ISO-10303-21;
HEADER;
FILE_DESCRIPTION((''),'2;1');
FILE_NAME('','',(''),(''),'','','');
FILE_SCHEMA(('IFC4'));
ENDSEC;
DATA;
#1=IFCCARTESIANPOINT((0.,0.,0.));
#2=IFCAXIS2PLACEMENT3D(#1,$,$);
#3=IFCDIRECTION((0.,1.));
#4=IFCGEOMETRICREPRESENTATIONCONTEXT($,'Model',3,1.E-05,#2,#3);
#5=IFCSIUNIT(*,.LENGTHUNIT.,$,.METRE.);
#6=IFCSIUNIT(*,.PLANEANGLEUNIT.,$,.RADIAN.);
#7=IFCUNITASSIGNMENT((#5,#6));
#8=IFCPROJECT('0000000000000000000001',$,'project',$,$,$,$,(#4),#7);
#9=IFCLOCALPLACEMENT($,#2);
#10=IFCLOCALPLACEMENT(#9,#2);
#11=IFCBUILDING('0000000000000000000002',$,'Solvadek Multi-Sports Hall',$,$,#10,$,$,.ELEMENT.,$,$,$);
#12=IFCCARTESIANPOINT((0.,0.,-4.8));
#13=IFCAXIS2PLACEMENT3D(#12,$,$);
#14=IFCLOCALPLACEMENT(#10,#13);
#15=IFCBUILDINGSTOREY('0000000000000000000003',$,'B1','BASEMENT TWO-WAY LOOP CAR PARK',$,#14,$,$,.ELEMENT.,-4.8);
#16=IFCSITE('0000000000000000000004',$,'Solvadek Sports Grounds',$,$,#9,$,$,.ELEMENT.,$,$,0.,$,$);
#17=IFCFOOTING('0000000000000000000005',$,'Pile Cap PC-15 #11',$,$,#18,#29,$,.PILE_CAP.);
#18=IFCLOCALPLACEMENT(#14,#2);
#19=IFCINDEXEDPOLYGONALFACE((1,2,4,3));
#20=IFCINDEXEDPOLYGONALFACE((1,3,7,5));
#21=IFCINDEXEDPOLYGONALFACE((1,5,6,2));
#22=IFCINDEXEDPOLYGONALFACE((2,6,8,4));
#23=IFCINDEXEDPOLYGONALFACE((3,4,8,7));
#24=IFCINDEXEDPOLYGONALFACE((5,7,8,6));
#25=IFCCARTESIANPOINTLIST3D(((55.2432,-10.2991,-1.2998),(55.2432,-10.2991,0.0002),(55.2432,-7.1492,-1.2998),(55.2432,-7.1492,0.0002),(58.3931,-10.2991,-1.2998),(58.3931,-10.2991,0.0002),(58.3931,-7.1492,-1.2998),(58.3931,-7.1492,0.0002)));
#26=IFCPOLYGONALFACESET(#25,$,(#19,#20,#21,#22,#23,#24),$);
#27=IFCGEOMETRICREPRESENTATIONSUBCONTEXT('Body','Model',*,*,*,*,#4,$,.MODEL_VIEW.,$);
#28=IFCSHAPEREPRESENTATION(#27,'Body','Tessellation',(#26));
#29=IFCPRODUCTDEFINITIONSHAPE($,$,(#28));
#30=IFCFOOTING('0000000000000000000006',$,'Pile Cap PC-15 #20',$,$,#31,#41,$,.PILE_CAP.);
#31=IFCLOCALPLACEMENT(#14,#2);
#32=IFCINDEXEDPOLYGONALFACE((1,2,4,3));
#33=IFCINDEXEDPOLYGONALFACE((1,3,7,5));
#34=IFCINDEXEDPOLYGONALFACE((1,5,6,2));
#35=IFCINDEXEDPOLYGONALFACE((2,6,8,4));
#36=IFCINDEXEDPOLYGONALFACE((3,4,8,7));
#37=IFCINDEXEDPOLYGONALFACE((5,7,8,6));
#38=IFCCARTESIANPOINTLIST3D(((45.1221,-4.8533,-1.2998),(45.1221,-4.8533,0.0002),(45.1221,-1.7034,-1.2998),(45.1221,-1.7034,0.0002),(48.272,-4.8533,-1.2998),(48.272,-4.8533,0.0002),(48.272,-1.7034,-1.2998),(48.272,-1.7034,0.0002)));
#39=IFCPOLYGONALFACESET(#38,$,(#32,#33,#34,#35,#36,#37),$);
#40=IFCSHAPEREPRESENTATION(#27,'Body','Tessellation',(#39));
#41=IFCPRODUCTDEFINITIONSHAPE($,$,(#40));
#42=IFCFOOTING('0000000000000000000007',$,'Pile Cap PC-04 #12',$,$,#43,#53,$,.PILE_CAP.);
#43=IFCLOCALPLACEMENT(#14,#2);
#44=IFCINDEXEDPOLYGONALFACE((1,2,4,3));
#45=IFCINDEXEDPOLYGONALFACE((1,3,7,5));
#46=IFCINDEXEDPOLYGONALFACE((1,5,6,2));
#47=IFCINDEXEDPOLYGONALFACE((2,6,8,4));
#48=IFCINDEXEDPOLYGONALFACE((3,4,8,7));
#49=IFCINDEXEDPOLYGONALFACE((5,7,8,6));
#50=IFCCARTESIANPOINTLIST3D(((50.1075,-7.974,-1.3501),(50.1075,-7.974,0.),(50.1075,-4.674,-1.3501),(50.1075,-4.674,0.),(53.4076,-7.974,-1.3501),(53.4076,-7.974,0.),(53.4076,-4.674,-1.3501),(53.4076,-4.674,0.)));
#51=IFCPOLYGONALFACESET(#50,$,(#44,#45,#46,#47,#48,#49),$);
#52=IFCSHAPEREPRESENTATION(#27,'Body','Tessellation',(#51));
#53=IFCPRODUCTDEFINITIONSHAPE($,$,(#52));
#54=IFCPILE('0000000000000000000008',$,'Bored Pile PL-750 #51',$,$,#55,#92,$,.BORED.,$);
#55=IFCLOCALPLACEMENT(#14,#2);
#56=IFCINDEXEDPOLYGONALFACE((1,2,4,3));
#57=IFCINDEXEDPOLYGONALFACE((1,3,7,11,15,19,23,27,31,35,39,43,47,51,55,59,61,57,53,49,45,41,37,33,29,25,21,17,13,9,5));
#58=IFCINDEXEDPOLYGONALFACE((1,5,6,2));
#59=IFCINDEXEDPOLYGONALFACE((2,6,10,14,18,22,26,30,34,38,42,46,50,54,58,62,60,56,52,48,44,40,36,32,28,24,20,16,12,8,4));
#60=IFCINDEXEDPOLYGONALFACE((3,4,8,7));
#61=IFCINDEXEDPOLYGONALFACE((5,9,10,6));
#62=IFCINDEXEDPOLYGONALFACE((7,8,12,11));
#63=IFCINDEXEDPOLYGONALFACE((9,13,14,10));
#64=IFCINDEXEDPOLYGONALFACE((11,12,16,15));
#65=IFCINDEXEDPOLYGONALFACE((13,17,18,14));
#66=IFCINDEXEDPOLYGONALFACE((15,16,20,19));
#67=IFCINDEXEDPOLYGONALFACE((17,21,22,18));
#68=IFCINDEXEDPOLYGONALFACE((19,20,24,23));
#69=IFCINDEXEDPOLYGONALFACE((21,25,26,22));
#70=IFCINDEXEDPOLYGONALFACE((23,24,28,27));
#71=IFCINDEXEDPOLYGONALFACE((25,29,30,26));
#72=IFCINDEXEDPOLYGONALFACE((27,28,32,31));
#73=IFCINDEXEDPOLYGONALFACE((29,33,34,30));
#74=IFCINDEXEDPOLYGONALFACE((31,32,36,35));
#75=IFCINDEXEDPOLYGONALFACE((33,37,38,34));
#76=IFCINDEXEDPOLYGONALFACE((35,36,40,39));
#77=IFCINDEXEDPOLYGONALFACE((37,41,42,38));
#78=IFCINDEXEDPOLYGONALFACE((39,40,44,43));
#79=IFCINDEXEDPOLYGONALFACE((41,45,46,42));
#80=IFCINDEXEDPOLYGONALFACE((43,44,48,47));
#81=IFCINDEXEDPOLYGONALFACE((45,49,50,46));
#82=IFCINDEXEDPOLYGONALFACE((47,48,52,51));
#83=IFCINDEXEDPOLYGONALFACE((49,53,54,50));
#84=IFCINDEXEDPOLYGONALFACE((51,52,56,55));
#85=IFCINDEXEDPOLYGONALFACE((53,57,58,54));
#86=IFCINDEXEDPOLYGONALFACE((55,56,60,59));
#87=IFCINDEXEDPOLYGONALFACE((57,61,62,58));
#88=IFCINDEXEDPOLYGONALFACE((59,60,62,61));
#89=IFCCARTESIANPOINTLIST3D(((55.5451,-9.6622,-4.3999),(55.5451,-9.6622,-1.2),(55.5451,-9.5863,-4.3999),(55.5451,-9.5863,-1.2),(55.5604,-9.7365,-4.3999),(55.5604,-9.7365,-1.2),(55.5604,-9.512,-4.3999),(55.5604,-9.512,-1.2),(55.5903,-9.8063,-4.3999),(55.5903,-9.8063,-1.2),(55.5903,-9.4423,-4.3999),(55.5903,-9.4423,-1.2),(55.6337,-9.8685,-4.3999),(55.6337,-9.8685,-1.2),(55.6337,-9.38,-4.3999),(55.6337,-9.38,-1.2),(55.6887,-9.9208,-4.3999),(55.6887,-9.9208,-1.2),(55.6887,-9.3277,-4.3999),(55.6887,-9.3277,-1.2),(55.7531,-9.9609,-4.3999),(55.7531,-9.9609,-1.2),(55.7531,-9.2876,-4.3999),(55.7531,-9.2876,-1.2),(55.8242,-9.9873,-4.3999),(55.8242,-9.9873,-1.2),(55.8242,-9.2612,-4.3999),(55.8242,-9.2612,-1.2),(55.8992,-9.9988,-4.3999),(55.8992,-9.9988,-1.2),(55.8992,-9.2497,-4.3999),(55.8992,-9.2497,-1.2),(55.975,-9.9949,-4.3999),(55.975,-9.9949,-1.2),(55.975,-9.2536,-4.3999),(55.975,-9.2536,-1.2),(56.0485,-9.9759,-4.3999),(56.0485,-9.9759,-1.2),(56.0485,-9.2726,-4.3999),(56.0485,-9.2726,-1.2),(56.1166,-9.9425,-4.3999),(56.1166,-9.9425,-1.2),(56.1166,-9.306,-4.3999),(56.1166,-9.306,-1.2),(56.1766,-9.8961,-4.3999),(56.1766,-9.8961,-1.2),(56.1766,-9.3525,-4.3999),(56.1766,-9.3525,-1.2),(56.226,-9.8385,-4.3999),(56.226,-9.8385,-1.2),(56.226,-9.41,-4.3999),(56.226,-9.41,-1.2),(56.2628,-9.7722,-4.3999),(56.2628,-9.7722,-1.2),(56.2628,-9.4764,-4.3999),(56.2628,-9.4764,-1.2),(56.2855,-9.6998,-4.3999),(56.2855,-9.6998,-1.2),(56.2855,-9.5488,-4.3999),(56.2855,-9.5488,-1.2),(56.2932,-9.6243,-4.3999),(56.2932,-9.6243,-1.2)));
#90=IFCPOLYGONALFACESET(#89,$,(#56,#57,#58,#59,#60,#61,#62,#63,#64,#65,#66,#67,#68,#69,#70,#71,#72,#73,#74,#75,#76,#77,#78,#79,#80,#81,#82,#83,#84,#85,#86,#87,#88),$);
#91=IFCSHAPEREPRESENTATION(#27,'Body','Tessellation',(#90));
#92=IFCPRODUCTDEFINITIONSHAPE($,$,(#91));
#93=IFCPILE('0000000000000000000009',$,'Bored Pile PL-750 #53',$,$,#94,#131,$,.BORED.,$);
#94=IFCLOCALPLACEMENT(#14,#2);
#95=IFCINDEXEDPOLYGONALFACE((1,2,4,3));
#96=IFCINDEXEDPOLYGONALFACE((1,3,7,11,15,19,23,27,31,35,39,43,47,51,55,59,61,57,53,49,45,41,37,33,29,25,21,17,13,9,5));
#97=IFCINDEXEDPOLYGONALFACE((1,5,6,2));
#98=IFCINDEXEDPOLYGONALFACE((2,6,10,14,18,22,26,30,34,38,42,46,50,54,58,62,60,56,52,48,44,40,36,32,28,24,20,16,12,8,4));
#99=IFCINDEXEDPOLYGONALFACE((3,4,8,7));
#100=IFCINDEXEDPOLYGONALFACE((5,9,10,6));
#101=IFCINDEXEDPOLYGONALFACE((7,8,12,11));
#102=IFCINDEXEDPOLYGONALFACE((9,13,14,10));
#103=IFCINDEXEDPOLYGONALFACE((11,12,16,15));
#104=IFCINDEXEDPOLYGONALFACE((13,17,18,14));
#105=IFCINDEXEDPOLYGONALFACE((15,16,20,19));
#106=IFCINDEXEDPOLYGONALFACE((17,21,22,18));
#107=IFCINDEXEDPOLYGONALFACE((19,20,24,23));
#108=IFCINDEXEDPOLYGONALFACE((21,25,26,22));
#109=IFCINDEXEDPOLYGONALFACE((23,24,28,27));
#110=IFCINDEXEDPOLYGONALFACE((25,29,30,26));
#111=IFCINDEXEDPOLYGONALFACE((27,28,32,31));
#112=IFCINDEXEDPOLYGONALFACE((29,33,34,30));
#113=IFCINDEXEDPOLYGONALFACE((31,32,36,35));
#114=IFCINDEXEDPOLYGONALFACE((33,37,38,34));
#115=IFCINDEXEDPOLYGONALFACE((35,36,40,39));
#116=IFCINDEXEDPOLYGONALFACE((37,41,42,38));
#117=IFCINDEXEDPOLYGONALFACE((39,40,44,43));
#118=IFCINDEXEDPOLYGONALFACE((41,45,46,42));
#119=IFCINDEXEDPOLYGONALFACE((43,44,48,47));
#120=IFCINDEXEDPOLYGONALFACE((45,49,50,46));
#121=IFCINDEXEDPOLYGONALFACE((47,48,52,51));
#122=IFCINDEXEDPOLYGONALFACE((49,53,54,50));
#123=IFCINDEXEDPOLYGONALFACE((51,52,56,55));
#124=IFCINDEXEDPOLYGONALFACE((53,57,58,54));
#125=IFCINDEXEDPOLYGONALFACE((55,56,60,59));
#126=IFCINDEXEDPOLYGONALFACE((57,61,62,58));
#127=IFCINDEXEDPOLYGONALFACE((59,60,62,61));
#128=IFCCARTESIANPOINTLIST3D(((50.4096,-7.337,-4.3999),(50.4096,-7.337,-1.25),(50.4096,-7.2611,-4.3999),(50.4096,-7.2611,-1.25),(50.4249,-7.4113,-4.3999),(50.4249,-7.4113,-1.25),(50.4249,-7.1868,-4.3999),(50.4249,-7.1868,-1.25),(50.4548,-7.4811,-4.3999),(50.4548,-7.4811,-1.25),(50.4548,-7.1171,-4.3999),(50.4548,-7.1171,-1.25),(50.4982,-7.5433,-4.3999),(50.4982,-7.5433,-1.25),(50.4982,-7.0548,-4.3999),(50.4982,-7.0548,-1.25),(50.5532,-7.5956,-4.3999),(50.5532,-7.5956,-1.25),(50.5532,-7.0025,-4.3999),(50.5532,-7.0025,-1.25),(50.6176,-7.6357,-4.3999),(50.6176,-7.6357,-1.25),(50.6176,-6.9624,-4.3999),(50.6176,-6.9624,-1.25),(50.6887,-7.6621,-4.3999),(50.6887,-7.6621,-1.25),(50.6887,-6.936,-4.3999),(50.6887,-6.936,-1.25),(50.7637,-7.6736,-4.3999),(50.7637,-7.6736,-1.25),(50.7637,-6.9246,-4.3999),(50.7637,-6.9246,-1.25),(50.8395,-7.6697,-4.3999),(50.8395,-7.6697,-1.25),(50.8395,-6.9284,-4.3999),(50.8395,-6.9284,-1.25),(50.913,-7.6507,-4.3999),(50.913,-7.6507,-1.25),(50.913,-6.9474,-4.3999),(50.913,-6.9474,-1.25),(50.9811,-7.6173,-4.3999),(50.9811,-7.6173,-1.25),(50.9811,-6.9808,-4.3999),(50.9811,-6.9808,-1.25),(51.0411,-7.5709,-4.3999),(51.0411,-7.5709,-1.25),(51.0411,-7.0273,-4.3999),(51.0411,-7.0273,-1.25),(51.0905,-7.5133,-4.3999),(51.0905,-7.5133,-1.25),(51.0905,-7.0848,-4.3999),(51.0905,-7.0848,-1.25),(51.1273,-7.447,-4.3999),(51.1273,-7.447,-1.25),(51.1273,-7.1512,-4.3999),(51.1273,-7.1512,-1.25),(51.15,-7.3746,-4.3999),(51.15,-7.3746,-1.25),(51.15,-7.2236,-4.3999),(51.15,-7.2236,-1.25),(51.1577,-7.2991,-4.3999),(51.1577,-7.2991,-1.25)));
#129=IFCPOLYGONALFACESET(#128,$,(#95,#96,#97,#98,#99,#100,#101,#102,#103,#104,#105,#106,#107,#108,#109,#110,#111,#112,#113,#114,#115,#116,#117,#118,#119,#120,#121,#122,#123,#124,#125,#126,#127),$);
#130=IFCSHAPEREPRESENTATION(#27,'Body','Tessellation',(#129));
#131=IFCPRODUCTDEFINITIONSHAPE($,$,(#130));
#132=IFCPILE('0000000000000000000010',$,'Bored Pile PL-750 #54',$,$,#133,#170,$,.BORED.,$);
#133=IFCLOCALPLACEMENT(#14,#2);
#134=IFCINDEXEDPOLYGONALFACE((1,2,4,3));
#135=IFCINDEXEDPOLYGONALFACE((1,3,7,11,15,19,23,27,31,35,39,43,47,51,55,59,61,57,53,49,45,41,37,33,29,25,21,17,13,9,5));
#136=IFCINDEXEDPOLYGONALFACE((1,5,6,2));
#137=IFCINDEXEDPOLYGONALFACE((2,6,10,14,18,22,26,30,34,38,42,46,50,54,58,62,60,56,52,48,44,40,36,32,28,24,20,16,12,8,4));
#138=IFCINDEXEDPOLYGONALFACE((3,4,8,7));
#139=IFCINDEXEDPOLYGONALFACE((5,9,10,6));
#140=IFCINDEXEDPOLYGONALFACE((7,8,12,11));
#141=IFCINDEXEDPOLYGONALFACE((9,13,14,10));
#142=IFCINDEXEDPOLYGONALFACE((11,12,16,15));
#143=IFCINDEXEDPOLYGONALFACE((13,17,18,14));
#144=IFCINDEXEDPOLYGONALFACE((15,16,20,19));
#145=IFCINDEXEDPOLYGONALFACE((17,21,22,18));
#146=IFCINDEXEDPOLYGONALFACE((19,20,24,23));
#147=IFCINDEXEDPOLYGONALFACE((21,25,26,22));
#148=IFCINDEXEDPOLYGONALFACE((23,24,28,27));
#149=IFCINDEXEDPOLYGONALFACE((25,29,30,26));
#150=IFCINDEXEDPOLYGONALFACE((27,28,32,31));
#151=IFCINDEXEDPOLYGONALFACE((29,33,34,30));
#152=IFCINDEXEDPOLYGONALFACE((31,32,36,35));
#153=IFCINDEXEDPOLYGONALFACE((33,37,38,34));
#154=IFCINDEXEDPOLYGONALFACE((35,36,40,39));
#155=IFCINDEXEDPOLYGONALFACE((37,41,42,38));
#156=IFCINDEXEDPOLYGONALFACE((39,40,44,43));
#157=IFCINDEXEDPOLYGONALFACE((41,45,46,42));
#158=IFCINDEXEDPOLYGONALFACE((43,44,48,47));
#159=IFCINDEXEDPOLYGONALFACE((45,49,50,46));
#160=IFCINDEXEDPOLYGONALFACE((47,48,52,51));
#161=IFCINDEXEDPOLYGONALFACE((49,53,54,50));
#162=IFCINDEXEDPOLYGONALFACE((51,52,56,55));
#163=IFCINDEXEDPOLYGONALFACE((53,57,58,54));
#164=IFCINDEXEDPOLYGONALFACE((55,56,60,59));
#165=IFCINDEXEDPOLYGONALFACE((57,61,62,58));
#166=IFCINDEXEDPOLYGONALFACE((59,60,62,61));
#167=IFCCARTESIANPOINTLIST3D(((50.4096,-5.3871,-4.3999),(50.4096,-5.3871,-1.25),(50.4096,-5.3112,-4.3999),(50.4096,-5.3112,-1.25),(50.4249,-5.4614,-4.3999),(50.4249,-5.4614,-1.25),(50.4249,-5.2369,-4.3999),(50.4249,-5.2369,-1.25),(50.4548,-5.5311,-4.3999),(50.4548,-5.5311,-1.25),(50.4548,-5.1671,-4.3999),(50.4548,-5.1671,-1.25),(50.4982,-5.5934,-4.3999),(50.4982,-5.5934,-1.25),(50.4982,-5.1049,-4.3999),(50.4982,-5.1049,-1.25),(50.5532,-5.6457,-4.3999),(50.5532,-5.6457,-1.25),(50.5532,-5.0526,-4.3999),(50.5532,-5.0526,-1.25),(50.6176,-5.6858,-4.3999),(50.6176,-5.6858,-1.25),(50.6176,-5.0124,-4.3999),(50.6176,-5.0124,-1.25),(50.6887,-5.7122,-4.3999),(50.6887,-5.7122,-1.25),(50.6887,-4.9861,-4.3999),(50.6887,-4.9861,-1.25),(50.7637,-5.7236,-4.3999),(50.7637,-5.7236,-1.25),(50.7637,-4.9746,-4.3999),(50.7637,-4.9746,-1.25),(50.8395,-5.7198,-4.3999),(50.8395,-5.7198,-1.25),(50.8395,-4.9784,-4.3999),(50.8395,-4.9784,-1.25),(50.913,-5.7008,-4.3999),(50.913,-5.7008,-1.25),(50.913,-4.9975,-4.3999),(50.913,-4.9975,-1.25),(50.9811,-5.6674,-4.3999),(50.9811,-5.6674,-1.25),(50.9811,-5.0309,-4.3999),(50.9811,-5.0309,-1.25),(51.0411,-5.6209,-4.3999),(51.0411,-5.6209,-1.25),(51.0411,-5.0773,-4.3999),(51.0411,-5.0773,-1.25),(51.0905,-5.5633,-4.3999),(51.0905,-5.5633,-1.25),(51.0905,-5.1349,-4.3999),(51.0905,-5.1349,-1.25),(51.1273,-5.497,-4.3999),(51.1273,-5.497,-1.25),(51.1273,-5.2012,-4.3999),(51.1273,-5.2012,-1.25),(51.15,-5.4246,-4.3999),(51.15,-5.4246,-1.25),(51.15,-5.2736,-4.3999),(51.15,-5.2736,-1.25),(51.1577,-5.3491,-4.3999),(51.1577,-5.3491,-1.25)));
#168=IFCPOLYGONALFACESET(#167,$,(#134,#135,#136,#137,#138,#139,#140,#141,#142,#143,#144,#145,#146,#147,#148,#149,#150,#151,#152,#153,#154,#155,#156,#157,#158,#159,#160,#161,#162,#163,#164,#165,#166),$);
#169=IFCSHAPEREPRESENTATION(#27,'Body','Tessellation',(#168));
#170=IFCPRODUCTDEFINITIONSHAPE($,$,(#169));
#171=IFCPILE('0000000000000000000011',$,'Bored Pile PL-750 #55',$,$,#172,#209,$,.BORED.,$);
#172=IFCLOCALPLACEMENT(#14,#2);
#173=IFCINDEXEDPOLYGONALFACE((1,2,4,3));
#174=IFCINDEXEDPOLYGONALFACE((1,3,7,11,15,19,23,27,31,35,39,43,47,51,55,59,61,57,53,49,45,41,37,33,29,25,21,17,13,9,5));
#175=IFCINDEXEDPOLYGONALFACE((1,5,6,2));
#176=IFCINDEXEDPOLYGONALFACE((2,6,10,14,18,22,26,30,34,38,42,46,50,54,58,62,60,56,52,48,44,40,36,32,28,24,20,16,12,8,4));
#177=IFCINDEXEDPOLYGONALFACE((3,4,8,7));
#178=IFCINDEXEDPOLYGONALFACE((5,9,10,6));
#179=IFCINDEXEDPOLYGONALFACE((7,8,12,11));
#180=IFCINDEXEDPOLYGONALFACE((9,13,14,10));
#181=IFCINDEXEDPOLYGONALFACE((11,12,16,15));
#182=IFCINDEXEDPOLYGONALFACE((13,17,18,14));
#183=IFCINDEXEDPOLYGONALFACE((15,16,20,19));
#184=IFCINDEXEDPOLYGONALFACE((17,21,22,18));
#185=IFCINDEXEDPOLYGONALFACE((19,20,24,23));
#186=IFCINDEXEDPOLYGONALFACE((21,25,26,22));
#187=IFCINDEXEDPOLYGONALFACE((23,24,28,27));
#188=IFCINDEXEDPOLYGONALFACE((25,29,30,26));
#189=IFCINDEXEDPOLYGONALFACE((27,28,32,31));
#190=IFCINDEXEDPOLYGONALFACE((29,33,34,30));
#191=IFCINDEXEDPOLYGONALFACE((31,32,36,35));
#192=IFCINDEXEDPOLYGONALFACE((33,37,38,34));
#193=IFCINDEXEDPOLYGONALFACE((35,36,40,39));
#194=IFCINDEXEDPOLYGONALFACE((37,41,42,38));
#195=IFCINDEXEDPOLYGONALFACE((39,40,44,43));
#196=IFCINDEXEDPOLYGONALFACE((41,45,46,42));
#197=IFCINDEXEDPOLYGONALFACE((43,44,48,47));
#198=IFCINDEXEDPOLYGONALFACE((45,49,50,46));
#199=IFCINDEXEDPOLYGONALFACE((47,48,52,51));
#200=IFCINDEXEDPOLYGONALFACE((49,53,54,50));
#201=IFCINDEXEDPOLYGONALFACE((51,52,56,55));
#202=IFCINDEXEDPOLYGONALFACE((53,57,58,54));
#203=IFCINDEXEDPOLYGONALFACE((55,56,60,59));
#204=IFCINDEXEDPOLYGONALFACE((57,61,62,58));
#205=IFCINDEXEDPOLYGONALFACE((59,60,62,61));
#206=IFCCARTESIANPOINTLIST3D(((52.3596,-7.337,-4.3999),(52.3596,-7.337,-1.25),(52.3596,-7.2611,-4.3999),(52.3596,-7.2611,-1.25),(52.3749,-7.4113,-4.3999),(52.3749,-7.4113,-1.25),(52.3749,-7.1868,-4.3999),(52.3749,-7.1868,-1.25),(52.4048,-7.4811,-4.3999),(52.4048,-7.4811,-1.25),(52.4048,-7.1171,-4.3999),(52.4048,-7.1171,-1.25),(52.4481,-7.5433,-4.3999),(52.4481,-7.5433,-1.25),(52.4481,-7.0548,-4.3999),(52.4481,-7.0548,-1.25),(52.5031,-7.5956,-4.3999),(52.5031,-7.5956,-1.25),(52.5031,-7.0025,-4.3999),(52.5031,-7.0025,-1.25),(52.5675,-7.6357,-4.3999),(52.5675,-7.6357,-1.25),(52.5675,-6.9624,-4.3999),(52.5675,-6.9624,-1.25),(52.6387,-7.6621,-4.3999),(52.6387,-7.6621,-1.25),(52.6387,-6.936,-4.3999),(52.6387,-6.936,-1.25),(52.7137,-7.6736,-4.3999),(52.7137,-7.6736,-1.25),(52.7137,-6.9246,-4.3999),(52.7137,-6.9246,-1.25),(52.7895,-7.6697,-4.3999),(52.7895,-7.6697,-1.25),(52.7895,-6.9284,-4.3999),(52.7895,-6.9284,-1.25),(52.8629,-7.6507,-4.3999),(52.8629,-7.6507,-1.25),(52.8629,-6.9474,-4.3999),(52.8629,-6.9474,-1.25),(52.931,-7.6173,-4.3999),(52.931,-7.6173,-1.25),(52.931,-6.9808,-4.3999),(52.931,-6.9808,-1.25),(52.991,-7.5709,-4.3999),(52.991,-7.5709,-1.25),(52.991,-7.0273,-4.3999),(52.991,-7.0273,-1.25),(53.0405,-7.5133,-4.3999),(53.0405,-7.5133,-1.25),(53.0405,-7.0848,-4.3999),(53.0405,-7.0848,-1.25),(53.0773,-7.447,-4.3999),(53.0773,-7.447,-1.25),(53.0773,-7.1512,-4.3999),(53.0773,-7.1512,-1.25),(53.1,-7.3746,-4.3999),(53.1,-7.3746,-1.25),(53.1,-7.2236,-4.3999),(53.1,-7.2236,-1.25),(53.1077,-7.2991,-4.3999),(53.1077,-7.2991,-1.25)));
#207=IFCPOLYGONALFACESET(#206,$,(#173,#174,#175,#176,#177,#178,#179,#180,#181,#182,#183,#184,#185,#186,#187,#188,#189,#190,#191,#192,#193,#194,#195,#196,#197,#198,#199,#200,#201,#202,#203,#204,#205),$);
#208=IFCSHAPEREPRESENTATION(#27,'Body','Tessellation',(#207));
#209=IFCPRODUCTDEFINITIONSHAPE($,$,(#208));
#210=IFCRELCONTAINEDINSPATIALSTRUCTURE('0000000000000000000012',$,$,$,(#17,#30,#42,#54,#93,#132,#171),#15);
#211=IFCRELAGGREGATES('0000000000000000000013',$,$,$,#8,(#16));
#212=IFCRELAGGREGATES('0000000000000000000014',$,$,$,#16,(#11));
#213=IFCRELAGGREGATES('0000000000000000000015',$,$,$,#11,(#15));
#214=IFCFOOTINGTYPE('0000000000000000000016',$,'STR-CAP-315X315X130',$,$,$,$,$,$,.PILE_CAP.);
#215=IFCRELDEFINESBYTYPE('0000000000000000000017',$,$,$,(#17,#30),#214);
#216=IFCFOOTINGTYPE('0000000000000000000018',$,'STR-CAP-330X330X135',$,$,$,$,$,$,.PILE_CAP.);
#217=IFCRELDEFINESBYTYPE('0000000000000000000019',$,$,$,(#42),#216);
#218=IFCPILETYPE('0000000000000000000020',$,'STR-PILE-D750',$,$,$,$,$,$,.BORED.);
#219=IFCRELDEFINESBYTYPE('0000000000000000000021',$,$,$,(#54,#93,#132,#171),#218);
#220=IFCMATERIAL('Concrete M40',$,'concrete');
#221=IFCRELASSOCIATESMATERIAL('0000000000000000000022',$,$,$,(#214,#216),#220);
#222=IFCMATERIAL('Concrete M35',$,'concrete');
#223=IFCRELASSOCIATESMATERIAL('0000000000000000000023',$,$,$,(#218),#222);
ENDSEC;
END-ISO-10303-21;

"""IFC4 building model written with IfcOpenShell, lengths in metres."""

from ifc_helpers import new_model, si_unit, direction, frame, origin, origin_2d, place, context, subcontext, project, spatial, rectangle, circle, extrude, material, material_profile, profile_set, type_object, element, save


model = new_model("IFC4")

# Units and contexts
model_context = context("Model", 3, precision=1e-05, world=origin(), true_north=direction((0.0, 1.0)))
body_context = subcontext(model_context, "Body", "Model", "MODEL_VIEW")
ifc_project = project(units=[si_unit("LENGTHUNIT", "METRE"), si_unit("PLANEANGLEUNIT", "RADIAN")], contexts=[model_context])

# Site, building, storey
site_placement = place(None, origin())
site = spatial("IfcSite", under=ifc_project, at=site_placement, Name="Solvadek Sports Grounds", CompositionType="ELEMENT", RefElevation=0.0)
building_placement = place(site_placement, origin())
building = spatial("IfcBuilding", under=site, at=building_placement, Name="Solvadek Multi-Sports Hall", CompositionType="ELEMENT")
storey_placement = place(building_placement, frame((0.0, 0.0, -4.8)))
storey = spatial("IfcBuildingStorey", under=building, at=storey_placement, Name="B1", Description="BASEMENT TWO-WAY LOOP CAR PARK", CompositionType="ELEMENT", Elevation=-4.8)

# Footings
ifc_material_1 = material(Name="Concrete M40", Category="concrete")
footing_type_1 = type_object("IfcFootingType", Name="STR-CAP-315X315X130", PredefinedType="PILE_CAP", material=ifc_material_1)
for number, where, z_axis, x_axis, name in (
    (1, (56.8181, -8.7241, -1.2998), (0.0, 0.0, 1.0), (1.0, 0.0, 0.0), "Pile Cap PC-15 #11"),
    (2, (46.697, -3.2783, -1.2998), (0.0, 0.0, 1.0), (1.0, 0.0, 0.0), "Pile Cap PC-15 #20"),
):
    element("IfcFooting", number, at=place(storey_placement, frame(where, z_axis=z_axis, x_axis=x_axis)), inside=storey, type_object=footing_type_1, Name=name, PredefinedType="PILE_CAP", context=body_context, shape_type="SweptSolid", body=[
        extrude(rectangle(XDim=3.1499, YDim=3.1499, at=origin_2d()), origin(), (0.0, 0.0, 1.0), 1.3),
    ])
footing_type_2 = type_object("IfcFootingType", Name="STR-CAP-330X330X135", PredefinedType="PILE_CAP", material=ifc_material_1)
footing_1_placement = place(storey_placement, frame((51.7576, -6.324, -1.3501), z_axis=(0.0, 0.0, 1.0), x_axis=(1.0, 0.0, 0.0)))
element("IfcFooting", 3, at=footing_1_placement, inside=storey, type_object=footing_type_2, Name="Pile Cap PC-04 #12", PredefinedType="PILE_CAP", context=body_context, shape_type="SweptSolid", body=[
    extrude(rectangle(XDim=3.3, YDim=3.3, at=origin_2d()), origin(), (0.0, 0.0, 1.0), 1.3501),
])

# Piles
ifc_material_2 = material(Name="Concrete M35", Category="concrete")
ifc_material_profile_1 = material_profile(ifc_material_2, circle(Radius=0.375, at=origin_2d()), Name="BORED PILE D750")
ifc_profile_set_1 = profile_set([ifc_material_profile_1], Name="Concrete M35")
pile_type = type_object("IfcPileType", Name="STR-PILE-D750", PredefinedType="BORED", material=ifc_profile_set_1)
pile_1_placement = place(storey_placement, frame((55.9182, -9.6243, -1.2), z_axis=(0.0, 0.0, -1.0), x_axis=(1.0, 0.0, 0.0)))
element("IfcPile", 4, at=pile_1_placement, inside=storey, type_object=pile_type, Name="Bored Pile PL-750 #51", PredefinedType="BORED", context=body_context, shape_type="SweptSolid", body=[
    extrude(circle(Radius=0.375, at=origin_2d()), origin(), (0.0, 0.0, 1.0), 3.2),
])
for number, where, z_axis, x_axis, name in (
    (5, (50.7827, -7.2991, -1.25), (0.0, 0.0, -1.0), (1.0, 0.0, 0.0), "Bored Pile PL-750 #53"),
    (6, (50.7827, -5.3491, -1.25), (0.0, 0.0, -1.0), (1.0, 0.0, 0.0), "Bored Pile PL-750 #54"),
    (7, (52.7327, -7.2991, -1.25), (0.0, 0.0, -1.0), (1.0, 0.0, 0.0), "Bored Pile PL-750 #55"),
):
    element("IfcPile", number, at=place(storey_placement, frame(where, z_axis=z_axis, x_axis=x_axis)), inside=storey, type_object=pile_type, Name=name, PredefinedType="BORED", context=body_context, shape_type="SweptSolid", body=[
        extrude(circle(Radius=0.375, at=origin_2d()), origin(), (0.0, 0.0, 1.0), 3.1499),
    ])

save(model, "model.ifc")
